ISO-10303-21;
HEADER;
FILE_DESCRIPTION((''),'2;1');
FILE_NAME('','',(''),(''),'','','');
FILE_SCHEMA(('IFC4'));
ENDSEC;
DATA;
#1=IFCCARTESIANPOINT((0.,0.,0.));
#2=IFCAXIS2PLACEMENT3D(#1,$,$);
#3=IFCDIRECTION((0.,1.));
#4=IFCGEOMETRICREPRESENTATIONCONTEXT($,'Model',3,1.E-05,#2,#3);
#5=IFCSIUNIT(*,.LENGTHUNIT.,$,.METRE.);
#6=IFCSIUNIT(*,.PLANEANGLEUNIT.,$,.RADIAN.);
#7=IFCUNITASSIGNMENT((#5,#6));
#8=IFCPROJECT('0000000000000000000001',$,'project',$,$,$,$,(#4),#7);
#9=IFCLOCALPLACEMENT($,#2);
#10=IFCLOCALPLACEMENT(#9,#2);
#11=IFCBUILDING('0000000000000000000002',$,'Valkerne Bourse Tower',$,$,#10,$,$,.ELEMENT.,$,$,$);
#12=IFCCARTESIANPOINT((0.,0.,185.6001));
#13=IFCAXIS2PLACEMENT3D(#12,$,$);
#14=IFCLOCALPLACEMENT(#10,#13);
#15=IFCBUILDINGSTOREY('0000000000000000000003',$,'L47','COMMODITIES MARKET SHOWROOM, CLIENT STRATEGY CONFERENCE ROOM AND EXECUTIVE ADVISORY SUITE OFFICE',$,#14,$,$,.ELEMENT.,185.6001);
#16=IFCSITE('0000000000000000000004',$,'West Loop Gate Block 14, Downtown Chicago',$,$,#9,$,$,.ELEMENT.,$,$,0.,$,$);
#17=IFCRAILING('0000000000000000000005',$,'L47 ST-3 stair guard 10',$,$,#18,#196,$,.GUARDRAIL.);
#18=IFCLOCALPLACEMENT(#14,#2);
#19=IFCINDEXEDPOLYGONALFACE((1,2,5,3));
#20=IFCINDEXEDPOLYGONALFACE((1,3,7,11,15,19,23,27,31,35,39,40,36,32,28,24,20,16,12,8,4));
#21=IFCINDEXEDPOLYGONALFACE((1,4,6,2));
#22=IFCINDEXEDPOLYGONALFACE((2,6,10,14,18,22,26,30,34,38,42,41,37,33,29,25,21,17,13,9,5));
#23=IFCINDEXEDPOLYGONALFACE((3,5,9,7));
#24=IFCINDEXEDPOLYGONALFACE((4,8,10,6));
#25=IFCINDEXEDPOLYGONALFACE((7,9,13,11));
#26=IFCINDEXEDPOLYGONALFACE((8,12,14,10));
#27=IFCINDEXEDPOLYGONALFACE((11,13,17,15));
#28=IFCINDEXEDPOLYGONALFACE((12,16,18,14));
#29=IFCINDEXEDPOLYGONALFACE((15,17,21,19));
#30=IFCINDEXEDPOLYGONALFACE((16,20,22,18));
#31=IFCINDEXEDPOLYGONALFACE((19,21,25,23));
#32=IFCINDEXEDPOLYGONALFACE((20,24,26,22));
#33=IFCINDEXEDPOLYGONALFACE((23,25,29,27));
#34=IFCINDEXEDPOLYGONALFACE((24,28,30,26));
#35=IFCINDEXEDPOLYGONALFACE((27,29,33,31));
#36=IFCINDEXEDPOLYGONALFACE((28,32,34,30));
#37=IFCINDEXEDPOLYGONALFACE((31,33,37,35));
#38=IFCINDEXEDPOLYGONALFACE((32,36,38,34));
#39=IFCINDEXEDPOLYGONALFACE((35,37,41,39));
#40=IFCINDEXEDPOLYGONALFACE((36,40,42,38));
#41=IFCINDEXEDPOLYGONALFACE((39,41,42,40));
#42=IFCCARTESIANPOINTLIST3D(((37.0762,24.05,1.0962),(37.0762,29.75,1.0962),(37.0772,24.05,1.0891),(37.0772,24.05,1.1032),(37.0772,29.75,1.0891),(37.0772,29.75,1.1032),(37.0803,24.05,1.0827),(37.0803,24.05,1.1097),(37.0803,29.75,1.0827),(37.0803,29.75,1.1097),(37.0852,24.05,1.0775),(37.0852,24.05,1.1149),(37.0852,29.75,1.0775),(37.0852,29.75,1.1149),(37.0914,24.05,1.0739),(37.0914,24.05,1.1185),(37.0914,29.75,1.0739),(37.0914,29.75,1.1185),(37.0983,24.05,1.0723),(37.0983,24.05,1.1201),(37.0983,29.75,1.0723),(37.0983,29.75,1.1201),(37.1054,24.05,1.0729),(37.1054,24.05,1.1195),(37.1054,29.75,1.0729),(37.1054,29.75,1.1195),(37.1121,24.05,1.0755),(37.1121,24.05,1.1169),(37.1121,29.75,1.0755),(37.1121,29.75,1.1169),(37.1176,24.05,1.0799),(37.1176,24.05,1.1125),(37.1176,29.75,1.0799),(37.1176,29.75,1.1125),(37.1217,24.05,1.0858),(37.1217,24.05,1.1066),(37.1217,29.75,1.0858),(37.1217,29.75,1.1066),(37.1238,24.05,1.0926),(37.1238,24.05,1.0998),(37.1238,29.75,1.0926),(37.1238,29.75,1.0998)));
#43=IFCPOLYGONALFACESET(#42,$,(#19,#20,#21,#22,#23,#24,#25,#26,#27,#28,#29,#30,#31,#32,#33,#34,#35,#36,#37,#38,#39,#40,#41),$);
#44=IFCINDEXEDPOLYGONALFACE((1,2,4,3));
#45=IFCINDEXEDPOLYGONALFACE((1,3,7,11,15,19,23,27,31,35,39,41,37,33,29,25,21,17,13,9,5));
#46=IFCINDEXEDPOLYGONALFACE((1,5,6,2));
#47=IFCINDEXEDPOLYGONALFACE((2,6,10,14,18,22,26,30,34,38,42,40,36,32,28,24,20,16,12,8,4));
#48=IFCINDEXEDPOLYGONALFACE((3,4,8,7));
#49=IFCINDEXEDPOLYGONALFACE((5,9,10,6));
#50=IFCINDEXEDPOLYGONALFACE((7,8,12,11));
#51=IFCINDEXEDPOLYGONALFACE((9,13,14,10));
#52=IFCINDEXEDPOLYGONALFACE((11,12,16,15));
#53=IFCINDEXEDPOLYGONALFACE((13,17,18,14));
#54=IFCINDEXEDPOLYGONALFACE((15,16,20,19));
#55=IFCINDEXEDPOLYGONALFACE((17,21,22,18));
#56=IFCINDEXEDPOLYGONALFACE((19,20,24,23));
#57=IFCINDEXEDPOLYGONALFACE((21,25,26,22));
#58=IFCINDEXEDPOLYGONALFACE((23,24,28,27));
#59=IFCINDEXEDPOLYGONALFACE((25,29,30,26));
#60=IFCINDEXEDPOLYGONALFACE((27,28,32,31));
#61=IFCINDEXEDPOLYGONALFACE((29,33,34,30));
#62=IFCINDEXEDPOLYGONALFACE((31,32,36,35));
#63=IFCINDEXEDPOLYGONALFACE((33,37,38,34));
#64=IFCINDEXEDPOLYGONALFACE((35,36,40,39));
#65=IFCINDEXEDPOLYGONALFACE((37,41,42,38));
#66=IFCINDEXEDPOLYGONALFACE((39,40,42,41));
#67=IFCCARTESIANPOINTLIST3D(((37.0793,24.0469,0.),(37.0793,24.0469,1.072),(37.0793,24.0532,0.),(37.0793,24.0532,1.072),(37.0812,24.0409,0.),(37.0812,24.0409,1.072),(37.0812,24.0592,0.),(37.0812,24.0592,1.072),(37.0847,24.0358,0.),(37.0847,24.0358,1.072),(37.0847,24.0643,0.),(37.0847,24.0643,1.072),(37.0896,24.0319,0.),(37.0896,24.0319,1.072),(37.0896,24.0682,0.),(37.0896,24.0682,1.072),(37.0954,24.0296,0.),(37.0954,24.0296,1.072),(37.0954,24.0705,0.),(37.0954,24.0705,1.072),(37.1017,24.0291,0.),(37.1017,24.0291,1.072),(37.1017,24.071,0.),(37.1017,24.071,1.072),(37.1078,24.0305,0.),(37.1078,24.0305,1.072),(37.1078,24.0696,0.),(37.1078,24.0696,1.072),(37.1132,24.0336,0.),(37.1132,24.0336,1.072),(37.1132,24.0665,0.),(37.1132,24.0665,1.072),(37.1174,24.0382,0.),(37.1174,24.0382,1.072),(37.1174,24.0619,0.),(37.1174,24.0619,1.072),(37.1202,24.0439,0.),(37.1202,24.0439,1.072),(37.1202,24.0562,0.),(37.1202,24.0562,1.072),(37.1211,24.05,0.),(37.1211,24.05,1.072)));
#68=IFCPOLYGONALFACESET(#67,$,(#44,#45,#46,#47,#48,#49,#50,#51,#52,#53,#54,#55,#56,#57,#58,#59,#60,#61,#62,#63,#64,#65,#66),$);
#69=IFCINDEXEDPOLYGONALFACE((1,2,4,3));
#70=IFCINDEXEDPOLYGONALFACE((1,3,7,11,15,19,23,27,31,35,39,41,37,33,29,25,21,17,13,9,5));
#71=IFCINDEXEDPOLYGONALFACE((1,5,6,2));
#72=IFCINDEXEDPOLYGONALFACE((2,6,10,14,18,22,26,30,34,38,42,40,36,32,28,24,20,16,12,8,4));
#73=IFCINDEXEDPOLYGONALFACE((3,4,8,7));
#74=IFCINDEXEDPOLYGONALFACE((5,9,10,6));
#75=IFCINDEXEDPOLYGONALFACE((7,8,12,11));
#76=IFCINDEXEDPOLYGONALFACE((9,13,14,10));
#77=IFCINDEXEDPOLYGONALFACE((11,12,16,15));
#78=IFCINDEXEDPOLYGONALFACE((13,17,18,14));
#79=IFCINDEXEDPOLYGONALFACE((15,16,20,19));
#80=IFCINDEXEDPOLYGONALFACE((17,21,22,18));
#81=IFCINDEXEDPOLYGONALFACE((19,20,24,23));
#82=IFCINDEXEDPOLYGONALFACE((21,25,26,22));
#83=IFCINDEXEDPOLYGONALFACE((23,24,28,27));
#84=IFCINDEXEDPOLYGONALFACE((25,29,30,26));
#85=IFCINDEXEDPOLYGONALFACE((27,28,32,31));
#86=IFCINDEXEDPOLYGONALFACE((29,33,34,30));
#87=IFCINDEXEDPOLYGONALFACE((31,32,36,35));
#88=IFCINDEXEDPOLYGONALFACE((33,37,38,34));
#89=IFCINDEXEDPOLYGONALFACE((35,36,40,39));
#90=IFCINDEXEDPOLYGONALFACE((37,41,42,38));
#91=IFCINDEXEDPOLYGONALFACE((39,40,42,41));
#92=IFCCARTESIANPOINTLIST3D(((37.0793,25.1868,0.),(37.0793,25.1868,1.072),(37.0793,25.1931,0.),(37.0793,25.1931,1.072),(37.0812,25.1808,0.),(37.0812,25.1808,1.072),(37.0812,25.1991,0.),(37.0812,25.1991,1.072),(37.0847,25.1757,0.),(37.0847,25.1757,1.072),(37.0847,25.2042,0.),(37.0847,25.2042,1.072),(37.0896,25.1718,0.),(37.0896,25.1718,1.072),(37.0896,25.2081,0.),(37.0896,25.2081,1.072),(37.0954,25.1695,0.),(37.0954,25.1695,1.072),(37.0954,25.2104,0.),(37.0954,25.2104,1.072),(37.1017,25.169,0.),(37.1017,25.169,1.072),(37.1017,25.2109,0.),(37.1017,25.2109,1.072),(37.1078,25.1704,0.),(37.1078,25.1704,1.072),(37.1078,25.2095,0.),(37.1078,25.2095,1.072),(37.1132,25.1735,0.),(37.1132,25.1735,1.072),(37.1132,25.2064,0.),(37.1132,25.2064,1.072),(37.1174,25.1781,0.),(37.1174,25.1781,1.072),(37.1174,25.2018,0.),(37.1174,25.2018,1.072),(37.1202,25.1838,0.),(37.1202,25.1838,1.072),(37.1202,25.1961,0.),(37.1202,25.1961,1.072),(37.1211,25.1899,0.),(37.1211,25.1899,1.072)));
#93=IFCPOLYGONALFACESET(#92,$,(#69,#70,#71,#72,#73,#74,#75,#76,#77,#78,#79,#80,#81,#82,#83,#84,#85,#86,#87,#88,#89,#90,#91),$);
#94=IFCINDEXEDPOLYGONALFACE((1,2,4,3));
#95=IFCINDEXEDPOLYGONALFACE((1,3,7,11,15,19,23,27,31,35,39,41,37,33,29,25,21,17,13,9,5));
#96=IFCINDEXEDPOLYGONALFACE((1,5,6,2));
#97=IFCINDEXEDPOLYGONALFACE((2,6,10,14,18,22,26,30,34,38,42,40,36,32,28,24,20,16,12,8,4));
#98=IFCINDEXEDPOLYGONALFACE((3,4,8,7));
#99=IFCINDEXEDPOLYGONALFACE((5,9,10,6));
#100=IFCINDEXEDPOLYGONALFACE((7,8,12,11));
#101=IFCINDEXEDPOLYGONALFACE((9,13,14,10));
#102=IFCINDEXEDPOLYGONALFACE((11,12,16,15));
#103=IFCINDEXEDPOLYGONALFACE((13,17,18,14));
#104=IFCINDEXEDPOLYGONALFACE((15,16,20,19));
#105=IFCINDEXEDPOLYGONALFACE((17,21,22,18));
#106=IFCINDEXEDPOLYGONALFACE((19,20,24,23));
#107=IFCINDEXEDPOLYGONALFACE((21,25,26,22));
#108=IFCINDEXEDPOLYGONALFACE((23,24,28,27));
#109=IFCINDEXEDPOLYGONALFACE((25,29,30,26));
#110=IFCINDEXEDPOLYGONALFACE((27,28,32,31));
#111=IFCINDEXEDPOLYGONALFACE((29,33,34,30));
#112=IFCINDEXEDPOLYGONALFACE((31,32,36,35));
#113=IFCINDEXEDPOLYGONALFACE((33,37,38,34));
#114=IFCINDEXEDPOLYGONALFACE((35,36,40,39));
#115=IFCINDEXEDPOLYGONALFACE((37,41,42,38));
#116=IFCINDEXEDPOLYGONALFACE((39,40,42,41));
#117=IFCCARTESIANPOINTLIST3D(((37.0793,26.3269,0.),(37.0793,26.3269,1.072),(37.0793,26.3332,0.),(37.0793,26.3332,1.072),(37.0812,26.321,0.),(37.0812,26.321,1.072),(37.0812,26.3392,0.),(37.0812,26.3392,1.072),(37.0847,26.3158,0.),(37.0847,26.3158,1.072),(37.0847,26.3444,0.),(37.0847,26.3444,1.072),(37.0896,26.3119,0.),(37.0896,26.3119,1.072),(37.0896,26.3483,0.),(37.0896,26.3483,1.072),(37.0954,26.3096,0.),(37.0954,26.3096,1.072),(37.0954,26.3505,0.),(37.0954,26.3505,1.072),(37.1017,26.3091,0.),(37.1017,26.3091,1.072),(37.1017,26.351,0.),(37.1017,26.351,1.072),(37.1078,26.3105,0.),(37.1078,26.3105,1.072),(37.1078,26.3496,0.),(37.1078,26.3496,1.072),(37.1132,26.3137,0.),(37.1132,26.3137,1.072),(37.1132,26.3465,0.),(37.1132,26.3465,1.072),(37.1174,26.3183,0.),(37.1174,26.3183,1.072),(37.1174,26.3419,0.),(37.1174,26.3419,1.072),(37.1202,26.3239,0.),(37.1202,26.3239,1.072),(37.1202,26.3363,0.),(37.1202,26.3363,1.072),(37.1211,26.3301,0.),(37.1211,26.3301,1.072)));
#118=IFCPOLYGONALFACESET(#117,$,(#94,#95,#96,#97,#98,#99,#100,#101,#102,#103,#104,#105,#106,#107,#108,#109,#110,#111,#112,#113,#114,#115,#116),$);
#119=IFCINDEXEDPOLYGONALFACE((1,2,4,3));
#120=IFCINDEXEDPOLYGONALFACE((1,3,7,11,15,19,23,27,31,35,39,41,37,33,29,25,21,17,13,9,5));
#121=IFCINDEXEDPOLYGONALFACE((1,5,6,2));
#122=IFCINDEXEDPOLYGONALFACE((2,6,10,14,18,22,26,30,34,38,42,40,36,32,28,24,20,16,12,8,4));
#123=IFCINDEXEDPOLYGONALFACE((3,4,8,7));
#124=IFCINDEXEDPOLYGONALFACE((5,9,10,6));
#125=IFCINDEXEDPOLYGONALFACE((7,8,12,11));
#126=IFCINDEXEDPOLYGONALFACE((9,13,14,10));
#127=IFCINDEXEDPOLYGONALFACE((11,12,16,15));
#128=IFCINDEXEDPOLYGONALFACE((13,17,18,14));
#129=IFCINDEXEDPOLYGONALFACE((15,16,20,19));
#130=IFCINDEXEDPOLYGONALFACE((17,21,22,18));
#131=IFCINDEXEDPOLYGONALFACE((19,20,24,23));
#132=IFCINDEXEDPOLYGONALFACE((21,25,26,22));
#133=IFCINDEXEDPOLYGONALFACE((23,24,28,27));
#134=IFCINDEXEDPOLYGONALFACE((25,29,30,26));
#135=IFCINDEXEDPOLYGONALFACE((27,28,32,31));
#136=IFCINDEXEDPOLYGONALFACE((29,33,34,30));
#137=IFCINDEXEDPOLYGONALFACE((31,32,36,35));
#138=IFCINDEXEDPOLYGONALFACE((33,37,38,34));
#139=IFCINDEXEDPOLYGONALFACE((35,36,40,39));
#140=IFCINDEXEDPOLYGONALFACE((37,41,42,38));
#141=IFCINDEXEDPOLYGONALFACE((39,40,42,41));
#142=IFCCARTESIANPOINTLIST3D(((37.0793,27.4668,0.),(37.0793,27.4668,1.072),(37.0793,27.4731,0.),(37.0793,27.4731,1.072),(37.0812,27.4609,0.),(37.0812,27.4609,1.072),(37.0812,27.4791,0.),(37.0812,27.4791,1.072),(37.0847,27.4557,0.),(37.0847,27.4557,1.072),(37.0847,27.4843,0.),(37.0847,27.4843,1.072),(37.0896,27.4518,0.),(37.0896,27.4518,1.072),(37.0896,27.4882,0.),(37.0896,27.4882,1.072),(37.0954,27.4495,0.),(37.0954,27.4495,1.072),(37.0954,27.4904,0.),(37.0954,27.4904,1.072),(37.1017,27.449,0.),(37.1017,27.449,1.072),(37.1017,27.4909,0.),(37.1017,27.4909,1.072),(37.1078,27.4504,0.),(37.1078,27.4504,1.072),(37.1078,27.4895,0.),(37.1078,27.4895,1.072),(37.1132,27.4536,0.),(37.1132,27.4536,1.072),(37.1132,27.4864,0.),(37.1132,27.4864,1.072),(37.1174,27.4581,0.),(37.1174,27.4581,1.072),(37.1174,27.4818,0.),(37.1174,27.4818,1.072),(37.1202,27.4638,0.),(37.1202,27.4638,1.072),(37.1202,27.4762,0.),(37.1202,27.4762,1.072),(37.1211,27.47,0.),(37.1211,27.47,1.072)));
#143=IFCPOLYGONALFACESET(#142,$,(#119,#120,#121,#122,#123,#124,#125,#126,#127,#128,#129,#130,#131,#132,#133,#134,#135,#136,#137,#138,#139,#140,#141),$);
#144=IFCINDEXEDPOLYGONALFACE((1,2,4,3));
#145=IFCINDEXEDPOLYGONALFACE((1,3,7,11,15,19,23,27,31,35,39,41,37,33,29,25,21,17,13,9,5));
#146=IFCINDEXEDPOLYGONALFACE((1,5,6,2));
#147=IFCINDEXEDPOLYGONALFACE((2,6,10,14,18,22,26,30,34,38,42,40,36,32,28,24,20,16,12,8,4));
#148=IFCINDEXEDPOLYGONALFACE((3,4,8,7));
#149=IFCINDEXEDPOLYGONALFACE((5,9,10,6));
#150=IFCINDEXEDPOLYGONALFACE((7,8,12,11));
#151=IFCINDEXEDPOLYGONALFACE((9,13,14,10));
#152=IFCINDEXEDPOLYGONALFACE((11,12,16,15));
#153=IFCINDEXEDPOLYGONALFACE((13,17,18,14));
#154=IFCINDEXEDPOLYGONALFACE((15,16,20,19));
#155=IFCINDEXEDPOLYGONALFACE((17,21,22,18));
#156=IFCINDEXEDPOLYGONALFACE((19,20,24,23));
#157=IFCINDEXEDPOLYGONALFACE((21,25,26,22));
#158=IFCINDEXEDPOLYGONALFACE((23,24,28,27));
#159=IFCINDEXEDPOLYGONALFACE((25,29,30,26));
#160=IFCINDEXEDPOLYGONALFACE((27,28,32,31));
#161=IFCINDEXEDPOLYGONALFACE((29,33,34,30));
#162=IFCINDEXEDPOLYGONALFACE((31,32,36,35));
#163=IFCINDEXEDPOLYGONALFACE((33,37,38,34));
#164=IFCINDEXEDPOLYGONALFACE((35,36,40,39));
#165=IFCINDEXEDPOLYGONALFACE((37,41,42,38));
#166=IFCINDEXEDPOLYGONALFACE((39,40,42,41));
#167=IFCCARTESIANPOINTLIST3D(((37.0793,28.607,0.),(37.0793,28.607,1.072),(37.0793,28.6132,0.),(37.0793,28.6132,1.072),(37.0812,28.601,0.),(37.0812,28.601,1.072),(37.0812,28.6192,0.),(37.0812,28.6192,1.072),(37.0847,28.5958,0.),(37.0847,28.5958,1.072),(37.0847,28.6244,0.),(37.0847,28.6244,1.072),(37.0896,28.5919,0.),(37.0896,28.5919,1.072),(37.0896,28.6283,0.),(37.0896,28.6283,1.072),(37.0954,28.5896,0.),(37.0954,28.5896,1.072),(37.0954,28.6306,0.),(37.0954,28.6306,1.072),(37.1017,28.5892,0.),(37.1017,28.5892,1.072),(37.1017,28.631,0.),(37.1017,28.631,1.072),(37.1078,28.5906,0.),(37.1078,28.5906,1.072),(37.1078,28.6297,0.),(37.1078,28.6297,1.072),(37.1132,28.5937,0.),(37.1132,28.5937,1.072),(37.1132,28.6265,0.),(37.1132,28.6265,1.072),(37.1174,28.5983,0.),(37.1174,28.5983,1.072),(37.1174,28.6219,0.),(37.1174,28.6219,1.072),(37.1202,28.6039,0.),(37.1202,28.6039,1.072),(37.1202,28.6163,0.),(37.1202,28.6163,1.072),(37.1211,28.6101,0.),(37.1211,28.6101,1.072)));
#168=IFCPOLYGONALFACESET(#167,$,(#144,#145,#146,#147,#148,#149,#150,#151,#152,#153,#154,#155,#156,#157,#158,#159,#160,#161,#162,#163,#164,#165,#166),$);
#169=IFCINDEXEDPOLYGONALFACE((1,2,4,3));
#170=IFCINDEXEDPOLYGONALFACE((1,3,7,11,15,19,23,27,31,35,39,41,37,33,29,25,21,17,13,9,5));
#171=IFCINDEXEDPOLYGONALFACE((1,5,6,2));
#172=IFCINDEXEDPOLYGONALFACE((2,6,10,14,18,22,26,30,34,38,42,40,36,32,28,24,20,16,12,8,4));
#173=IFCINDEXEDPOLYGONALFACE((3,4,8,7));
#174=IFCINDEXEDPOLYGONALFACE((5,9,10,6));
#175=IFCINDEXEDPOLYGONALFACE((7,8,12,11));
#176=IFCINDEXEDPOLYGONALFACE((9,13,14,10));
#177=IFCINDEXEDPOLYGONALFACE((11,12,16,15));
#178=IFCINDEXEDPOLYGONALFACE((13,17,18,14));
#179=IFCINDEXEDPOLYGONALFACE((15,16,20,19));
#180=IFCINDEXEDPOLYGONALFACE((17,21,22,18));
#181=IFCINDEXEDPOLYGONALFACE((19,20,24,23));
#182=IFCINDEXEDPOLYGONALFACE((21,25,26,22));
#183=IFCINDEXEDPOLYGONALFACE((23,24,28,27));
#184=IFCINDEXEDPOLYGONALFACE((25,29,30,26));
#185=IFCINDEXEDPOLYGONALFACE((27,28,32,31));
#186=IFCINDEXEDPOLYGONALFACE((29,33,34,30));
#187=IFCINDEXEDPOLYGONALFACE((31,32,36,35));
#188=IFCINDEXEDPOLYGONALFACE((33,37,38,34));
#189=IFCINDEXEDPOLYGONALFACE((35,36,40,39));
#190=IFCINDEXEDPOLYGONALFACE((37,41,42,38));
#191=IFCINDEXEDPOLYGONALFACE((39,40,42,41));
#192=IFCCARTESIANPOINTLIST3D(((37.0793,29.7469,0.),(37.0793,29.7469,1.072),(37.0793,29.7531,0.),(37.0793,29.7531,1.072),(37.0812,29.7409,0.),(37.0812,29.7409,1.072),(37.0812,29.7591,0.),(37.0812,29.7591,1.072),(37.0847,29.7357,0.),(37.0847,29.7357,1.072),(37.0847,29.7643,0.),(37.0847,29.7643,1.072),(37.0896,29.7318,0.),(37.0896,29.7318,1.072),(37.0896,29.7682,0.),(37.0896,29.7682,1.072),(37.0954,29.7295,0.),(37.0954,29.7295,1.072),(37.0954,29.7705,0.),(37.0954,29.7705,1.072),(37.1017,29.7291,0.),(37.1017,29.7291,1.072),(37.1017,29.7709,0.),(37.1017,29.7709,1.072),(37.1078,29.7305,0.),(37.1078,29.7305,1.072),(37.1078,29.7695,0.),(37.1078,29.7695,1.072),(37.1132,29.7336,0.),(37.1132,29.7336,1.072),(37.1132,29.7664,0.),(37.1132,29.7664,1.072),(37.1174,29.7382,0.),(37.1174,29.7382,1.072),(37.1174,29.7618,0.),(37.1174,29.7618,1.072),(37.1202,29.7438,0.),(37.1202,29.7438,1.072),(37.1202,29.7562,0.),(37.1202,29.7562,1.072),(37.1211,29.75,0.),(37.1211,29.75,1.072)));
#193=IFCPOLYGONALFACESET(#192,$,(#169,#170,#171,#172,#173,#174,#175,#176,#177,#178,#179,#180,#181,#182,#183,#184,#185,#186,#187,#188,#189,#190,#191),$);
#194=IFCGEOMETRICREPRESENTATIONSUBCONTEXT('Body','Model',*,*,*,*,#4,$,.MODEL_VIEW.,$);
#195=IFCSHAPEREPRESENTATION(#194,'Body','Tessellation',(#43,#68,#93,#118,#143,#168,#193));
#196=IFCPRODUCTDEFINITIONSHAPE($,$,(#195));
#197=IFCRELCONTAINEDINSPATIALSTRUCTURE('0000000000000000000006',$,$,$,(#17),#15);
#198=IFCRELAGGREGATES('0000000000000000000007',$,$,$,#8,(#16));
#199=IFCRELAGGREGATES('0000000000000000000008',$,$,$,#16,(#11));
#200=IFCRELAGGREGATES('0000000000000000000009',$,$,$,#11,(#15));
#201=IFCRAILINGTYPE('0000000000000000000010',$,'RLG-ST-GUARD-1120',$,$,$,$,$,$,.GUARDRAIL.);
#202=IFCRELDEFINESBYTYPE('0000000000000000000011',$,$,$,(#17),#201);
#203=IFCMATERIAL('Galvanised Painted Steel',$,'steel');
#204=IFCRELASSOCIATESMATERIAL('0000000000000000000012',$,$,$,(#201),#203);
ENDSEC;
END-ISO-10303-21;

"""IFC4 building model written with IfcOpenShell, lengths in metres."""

from ifc_helpers import new_model, si_unit, direction, frame, origin, origin_2d, place, context, subcontext, project, spatial, circle, extrude, material, type_object, element, save


model = new_model("IFC4")

# Units and contexts
model_context = context("Model", 3, precision=1e-05, world=origin(), true_north=direction((0.0, 1.0)))
body_context = subcontext(model_context, "Body", "Model", "MODEL_VIEW")
ifc_project = project(units=[si_unit("LENGTHUNIT", "METRE"), si_unit("PLANEANGLEUNIT", "RADIAN")], contexts=[model_context])

# Site, building, storey
site_placement = place(None, origin())
site = spatial("IfcSite", under=ifc_project, at=site_placement, Name="West Loop Gate Block 14, Downtown Chicago", CompositionType="ELEMENT", RefElevation=0.0)
building_placement = place(site_placement, origin())
building = spatial("IfcBuilding", under=site, at=building_placement, Name="Valkerne Bourse Tower", CompositionType="ELEMENT")
storey_placement = place(building_placement, frame((0.0, 0.0, 185.6001)))
storey = spatial("IfcBuildingStorey", under=building, at=storey_placement, Name="L47", Description="COMMODITIES MARKET SHOWROOM, CLIENT STRATEGY CONFERENCE ROOM AND EXECUTIVE ADVISORY SUITE OFFICE", CompositionType="ELEMENT", Elevation=185.6001)

# Railing
ifc_material_1 = material(Name="Galvanised Painted Steel", Category="steel")
railing_type_1 = type_object("IfcRailingType", Name="RLG-ST-GUARD-1120", PredefinedType="GUARDRAIL", material=ifc_material_1)
for number, where, name in (
    (1, (37.1001, 24.05, 0.0), "L47 ST-3 stair guard 10"),
):
    element("IfcRailing", number, at=place(storey_placement, frame(where)), inside=storey, type_object=railing_type_1, Name=name, PredefinedType="GUARDRAIL", context=body_context, shape_type="SweptSolid", body=[
        extrude(circle(Radius=0.0239, at=origin_2d()), frame((0.0, 0.0, 1.0962), z_axis=(0.0, 1.0, 0.0), x_axis=(-1.0, 0.0, 0.0)), (0.0, 0.0, 1.0), 5.7),
        extrude(circle(Radius=0.021, at=origin_2d()), origin(), (0.0, 0.0, 1.0), 1.072),
        extrude(circle(Radius=0.021, at=origin_2d()), frame((0.0, 1.1399, 0.0)), (0.0, 0.0, 1.0), 1.072),
        extrude(circle(Radius=0.021, at=origin_2d()), frame((0.0, 2.28, 0.0)), (0.0, 0.0, 1.0), 1.072),
        extrude(circle(Radius=0.021, at=origin_2d()), frame((0.0, 3.4199, 0.0)), (0.0, 0.0, 1.0), 1.072),
        extrude(circle(Radius=0.021, at=origin_2d()), frame((0.0, 4.5601, 0.0)), (0.0, 0.0, 1.0), 1.072),
        extrude(circle(Radius=0.021, at=origin_2d()), frame((0.0, 5.7, 0.0)), (0.0, 0.0, 1.0), 1.072),
    ])

save(model, "model.ifc")
